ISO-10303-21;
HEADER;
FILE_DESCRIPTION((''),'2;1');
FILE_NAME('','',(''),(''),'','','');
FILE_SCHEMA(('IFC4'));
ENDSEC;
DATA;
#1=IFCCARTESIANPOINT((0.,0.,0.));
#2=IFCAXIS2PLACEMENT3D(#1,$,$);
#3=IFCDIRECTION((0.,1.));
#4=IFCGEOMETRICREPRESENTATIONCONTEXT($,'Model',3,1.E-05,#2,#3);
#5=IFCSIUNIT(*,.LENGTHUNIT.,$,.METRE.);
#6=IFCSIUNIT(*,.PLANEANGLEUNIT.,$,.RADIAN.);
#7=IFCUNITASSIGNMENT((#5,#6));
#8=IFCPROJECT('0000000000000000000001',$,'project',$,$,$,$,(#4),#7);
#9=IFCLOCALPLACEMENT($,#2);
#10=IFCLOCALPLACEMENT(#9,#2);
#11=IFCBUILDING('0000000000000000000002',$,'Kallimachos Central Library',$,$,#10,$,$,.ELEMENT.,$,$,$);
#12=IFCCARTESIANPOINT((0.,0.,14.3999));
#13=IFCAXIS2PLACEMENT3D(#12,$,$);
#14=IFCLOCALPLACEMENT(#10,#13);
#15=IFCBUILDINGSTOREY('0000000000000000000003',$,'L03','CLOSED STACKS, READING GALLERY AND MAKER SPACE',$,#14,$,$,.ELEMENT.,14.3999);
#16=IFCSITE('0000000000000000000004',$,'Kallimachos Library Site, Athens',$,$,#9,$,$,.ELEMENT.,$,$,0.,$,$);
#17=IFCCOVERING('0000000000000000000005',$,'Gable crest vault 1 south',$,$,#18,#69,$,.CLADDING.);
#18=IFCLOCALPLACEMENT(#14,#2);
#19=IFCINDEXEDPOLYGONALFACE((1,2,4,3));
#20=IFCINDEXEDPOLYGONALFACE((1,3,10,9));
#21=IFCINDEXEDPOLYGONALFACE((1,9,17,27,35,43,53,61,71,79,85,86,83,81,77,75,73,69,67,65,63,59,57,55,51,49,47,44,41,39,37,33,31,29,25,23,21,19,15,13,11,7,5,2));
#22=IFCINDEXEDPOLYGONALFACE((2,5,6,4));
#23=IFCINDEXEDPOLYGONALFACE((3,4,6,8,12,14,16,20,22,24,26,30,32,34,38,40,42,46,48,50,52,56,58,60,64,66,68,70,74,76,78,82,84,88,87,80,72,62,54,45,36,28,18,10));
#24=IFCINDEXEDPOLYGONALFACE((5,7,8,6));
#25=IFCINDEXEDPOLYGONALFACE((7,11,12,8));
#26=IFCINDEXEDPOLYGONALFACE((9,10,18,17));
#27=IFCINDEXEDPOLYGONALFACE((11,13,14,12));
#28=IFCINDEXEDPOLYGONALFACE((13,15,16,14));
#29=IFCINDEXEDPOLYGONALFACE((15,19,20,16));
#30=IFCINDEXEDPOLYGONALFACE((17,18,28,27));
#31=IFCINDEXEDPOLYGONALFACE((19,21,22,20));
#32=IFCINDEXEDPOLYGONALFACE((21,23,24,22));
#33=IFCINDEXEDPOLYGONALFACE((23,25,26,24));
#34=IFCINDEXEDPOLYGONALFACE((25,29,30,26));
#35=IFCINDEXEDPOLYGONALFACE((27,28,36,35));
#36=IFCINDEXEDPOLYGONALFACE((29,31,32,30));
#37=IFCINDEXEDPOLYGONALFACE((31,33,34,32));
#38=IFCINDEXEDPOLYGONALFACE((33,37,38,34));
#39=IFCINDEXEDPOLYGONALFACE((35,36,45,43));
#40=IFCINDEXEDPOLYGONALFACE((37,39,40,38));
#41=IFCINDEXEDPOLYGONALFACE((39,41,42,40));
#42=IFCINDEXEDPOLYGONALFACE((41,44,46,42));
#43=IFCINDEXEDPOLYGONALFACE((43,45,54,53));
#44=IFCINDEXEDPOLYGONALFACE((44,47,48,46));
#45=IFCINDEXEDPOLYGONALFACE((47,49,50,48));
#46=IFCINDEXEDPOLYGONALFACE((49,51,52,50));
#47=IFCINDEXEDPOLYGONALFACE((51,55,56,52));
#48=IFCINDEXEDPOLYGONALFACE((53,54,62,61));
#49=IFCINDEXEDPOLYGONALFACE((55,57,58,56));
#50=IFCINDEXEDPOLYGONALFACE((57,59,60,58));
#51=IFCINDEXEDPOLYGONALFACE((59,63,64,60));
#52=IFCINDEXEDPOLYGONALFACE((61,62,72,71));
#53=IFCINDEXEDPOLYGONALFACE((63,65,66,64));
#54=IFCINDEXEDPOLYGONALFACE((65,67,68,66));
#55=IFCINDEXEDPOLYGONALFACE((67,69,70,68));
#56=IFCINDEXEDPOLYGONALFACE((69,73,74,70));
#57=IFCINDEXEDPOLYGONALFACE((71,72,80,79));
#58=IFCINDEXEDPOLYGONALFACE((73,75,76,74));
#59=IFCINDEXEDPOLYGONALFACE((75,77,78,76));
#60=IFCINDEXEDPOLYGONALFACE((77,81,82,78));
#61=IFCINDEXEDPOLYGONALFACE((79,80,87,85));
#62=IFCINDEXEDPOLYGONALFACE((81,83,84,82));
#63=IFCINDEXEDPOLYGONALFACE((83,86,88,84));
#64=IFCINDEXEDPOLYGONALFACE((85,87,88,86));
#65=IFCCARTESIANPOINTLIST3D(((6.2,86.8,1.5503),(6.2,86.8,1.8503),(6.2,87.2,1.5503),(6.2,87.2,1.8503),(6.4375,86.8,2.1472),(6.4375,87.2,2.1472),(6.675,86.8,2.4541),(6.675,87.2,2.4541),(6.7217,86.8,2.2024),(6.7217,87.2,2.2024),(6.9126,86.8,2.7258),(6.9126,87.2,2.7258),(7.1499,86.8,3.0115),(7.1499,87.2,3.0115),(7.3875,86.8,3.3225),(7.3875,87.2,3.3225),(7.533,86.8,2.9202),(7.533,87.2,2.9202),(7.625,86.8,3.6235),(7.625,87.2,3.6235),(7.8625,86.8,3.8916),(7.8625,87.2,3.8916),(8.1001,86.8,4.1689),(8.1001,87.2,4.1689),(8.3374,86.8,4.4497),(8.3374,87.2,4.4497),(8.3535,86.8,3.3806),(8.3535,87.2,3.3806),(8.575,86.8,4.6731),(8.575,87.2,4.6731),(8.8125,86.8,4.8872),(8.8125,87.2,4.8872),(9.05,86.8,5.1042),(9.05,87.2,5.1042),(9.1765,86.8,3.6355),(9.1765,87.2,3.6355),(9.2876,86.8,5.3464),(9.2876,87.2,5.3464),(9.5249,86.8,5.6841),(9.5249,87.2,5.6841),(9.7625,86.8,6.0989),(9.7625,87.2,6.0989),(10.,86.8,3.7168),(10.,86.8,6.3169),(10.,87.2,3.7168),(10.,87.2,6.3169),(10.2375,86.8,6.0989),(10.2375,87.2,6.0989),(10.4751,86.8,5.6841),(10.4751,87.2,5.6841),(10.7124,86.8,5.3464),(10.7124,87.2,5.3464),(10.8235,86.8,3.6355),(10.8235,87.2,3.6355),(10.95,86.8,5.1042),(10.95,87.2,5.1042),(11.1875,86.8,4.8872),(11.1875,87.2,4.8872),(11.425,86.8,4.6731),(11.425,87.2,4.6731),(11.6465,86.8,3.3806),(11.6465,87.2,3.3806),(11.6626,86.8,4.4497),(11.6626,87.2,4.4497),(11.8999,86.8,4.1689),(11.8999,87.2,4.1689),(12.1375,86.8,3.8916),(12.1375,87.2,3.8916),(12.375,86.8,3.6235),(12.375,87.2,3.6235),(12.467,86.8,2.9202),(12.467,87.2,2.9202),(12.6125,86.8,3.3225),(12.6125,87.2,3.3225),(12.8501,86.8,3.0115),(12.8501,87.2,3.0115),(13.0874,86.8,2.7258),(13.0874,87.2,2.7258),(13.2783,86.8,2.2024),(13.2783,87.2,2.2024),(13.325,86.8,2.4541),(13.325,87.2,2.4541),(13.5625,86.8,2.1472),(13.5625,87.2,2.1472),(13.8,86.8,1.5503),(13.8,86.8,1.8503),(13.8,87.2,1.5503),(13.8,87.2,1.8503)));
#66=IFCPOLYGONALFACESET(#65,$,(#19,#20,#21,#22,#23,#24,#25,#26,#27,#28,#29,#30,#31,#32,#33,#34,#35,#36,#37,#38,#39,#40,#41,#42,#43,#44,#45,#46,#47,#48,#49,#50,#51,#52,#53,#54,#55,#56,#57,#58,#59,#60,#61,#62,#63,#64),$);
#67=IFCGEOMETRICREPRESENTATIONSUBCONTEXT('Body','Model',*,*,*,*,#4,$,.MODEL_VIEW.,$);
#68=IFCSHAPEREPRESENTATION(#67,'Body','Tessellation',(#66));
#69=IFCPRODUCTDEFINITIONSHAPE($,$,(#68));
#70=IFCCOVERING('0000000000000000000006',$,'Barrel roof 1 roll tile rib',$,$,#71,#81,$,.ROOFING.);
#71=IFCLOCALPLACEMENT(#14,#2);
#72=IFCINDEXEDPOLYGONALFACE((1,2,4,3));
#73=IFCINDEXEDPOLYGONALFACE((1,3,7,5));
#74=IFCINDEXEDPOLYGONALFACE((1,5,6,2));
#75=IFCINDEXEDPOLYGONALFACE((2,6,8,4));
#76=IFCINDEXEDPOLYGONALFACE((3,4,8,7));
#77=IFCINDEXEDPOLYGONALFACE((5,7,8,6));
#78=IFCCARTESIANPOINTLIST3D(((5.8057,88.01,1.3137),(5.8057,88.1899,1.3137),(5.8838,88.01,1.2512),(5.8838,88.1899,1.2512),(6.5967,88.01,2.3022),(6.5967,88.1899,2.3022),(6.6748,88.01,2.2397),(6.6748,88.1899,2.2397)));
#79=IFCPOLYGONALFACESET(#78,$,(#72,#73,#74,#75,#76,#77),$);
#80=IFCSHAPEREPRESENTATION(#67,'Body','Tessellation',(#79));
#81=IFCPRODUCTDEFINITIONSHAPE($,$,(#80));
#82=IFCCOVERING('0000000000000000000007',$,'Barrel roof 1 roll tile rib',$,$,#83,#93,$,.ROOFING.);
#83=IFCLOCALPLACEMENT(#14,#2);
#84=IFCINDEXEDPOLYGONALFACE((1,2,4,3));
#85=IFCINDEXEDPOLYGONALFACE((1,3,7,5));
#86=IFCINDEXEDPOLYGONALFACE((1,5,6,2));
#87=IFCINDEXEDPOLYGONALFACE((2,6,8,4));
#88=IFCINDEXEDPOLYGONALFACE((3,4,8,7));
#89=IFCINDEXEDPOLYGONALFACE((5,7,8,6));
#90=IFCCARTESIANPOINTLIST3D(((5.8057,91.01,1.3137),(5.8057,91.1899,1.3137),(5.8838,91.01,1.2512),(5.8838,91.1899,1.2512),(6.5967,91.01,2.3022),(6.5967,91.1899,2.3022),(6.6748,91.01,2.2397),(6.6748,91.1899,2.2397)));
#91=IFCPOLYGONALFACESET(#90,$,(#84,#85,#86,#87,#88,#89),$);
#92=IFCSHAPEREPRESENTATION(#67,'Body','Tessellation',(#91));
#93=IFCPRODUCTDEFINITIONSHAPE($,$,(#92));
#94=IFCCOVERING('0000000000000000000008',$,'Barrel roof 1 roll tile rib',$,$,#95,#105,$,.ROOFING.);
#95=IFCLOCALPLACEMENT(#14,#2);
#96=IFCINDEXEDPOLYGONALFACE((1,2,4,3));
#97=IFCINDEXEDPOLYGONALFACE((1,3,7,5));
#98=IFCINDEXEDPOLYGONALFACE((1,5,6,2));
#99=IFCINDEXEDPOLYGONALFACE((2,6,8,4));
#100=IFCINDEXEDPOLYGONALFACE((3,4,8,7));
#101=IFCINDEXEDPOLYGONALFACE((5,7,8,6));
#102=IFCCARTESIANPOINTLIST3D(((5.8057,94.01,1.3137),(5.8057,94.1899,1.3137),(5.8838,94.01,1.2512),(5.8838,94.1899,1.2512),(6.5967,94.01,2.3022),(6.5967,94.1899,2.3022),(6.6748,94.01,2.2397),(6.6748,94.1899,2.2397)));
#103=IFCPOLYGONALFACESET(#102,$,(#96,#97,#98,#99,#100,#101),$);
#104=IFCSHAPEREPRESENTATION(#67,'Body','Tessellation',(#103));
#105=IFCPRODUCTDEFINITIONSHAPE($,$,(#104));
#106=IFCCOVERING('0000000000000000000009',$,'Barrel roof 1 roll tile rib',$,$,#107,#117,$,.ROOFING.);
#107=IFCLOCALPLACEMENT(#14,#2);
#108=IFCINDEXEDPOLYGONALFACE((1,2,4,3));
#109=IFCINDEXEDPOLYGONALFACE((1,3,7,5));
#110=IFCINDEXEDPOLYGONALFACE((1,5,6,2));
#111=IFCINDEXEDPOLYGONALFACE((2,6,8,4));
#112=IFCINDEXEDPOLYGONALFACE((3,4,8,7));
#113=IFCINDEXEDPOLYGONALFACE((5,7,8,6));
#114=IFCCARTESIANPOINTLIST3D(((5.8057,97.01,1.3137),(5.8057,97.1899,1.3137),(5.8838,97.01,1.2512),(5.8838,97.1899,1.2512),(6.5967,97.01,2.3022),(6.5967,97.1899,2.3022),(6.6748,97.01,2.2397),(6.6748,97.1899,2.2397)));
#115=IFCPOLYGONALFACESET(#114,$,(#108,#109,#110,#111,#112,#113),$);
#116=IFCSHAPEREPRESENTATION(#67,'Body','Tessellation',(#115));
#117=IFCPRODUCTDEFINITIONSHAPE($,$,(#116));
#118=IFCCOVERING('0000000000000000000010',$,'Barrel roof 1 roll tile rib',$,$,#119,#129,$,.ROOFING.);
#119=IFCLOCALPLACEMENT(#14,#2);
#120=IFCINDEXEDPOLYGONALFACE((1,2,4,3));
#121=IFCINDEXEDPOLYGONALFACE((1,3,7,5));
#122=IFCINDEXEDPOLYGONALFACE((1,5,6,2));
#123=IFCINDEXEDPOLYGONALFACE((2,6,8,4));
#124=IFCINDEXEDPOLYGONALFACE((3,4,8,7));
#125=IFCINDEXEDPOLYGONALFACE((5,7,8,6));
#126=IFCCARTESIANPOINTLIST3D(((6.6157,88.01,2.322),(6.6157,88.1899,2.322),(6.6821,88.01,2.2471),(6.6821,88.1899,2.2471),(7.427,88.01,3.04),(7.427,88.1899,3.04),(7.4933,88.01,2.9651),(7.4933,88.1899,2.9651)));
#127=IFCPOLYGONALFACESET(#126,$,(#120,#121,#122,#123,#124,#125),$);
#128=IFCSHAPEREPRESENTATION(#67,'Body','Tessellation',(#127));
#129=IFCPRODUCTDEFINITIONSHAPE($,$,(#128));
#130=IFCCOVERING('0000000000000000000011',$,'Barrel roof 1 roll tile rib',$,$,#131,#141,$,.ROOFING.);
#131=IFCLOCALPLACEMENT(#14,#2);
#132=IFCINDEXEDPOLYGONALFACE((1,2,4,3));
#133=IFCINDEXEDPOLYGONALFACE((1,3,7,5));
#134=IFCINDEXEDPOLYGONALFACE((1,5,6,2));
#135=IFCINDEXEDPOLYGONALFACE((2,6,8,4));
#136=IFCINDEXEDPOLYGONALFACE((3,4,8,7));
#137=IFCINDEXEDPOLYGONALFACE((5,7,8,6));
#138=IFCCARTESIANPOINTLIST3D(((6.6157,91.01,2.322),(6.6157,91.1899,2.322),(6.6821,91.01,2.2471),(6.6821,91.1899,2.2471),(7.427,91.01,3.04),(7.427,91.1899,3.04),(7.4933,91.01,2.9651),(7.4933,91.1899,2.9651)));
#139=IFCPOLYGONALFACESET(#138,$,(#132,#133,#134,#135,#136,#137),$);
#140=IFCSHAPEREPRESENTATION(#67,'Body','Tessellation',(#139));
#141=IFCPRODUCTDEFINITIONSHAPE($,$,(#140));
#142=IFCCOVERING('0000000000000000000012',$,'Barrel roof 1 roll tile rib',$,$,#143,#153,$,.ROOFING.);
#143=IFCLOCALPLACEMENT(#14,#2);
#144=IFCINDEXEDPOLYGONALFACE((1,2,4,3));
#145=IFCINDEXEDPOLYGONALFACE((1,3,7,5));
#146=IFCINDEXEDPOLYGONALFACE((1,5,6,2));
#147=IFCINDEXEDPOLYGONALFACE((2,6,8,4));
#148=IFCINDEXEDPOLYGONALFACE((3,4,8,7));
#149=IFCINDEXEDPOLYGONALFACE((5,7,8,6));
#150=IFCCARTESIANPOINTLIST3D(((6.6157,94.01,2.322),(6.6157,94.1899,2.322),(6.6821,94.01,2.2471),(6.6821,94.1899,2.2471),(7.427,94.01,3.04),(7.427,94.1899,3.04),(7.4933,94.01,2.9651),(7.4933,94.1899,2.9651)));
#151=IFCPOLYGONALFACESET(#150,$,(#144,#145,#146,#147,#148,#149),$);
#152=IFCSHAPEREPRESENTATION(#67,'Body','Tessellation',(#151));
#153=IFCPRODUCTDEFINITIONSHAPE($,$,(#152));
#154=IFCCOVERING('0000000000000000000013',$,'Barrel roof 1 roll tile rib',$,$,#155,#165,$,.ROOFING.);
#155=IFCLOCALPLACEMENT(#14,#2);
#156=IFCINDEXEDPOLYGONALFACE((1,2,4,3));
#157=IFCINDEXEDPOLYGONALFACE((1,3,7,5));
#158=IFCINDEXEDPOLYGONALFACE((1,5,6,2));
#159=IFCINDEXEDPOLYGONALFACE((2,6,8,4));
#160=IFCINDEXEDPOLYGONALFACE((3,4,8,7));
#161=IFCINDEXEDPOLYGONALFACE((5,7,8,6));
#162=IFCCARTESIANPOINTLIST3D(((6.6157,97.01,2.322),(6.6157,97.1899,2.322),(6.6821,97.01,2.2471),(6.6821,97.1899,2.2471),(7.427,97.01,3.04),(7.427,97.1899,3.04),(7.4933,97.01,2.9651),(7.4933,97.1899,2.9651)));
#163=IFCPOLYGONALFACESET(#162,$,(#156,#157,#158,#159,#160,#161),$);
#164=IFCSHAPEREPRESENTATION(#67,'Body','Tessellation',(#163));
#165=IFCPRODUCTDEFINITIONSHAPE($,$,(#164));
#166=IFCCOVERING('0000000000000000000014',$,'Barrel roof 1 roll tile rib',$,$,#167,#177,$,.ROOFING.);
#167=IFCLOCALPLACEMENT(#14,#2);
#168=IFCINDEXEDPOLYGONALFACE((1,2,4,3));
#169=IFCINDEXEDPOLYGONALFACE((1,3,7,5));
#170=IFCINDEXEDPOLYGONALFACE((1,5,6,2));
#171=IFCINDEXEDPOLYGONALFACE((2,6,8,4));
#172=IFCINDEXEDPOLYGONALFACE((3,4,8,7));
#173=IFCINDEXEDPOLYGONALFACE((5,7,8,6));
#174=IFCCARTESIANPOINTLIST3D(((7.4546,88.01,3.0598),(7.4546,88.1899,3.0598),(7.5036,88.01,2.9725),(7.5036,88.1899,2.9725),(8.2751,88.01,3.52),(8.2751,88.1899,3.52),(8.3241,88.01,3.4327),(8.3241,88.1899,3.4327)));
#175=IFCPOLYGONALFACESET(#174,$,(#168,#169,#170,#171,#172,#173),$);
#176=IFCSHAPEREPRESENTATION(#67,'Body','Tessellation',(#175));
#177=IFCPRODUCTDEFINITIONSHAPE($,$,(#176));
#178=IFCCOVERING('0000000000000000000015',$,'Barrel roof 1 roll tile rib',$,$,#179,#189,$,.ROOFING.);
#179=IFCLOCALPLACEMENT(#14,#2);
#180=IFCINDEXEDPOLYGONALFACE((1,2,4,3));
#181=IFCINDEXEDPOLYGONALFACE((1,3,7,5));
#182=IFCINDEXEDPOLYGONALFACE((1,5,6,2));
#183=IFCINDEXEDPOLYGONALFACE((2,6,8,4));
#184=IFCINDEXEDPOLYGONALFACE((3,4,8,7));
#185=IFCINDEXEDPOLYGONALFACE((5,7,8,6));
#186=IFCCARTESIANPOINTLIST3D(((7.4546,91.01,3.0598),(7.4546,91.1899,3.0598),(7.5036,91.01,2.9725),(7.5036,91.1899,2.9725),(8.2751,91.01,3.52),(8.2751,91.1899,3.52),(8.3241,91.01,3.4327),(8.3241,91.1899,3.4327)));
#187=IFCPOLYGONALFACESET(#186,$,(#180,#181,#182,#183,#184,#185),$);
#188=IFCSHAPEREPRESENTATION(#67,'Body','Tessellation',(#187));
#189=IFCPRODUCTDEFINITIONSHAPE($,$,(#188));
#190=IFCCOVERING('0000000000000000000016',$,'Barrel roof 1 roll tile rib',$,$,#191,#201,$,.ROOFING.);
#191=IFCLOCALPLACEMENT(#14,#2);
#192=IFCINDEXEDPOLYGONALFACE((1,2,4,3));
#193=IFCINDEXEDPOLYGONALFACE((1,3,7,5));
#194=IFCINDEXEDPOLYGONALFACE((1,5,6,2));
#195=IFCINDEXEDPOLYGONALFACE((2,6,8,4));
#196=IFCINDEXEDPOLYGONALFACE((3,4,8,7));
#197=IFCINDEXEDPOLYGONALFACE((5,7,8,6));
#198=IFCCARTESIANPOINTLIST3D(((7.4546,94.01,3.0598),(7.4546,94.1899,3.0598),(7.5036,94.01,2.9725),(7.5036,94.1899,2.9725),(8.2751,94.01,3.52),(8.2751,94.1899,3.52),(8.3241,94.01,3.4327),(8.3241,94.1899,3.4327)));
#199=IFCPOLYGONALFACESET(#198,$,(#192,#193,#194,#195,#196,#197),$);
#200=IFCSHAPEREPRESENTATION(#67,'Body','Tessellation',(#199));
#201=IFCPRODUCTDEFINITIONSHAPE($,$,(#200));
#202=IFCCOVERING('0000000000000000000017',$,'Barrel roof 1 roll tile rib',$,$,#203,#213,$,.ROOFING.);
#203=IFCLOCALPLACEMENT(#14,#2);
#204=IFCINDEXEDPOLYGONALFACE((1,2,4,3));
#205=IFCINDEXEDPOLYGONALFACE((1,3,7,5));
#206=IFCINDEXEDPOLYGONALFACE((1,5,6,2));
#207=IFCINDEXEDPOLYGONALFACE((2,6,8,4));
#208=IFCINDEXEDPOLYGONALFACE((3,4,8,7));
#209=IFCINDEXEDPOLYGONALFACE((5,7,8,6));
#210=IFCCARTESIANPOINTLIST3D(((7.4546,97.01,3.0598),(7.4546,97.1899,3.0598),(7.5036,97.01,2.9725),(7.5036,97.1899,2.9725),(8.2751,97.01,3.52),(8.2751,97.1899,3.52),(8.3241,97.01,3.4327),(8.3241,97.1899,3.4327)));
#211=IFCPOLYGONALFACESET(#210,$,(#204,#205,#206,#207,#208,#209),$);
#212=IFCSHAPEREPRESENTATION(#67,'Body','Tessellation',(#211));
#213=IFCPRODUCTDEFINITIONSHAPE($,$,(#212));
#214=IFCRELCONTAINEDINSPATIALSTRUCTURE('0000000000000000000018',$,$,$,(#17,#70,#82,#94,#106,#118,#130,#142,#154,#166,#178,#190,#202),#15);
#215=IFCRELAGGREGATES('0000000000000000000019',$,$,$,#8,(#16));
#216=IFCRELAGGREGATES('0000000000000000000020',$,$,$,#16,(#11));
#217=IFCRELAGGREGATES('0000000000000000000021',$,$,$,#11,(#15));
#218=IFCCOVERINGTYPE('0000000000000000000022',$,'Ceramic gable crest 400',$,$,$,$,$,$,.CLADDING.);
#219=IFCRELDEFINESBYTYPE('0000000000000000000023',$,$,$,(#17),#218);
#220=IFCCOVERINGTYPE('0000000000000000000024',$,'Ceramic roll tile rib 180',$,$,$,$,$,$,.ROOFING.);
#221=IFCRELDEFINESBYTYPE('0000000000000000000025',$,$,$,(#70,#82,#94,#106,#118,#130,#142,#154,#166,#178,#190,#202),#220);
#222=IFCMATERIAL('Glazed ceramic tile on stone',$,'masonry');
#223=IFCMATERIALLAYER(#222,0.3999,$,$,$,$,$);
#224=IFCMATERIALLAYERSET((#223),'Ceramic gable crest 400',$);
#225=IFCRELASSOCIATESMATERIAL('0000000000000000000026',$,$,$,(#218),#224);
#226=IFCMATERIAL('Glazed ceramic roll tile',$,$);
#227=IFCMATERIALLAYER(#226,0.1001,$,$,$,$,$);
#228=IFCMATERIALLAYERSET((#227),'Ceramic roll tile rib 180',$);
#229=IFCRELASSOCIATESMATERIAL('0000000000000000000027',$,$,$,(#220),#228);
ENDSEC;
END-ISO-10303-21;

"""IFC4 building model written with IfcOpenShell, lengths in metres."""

from ifc_helpers import new_model, si_unit, direction, frame, origin, place, context, subcontext, project, spatial, polyline, outline, extrude, material, layer, layer_set, type_object, element, save


model = new_model("IFC4")

# Units and contexts
model_context = context("Model", 3, precision=1e-05, world=origin(), true_north=direction((0.0, 1.0)))
body_context = subcontext(model_context, "Body", "Model", "MODEL_VIEW")
ifc_project = project(units=[si_unit("LENGTHUNIT", "METRE"), si_unit("PLANEANGLEUNIT", "RADIAN")], contexts=[model_context])

# Site, building, storey
site_placement = place(None, origin())
site = spatial("IfcSite", under=ifc_project, at=site_placement, Name="Kallimachos Library Site, Athens", CompositionType="ELEMENT", RefElevation=0.0)
building_placement = place(site_placement, origin())
building = spatial("IfcBuilding", under=site, at=building_placement, Name="Kallimachos Central Library", CompositionType="ELEMENT")
storey_placement = place(building_placement, frame((0.0, 0.0, 14.3999)))
storey = spatial("IfcBuildingStorey", under=building, at=storey_placement, Name="L03", Description="CLOSED STACKS, READING GALLERY AND MAKER SPACE", CompositionType="ELEMENT", Elevation=14.3999)

# Coverings
ifc_material_1 = material(Name="Glazed ceramic tile on stone", Category="masonry")
ifc_layer_1 = layer(ifc_material_1, 0.3999)
ifc_layer_set_1 = layer_set([ifc_layer_1], Name="Ceramic gable crest 400")
covering_type_1 = type_object("IfcCoveringType", Name="Ceramic gable crest 400", PredefinedType="CLADDING", material=ifc_layer_set_1)
covering_1_placement = place(storey_placement, frame((6.2, 86.8, 1.5503), z_axis=(0.0, -1.0, 0.0), x_axis=(0.624731, 0.0, 0.78084)))
element("IfcCovering", 1, at=covering_1_placement, inside=storey, type_object=covering_type_1, Name="Gable crest vault 1 south", PredefinedType="CLADDING", context=body_context, shape_type="SweptSolid", body=[
    extrude(outline(polyline([(0.0, 0.0), (0.8351, 0.0), (1.9024, -0.1851), (2.7746, -0.5381), (3.4878, -1.0215), (4.0657, -1.6137), (4.5167, -2.3076), (4.8318, -3.1094), (4.9849, -4.0378), (4.9313, -5.1197), (4.748, -5.9345), (4.9823, -5.747), (5.0657, -5.3761), (5.1569, -4.9989), (5.2207, -4.6436), (5.2955, -4.2799), (5.39, -3.9001), (5.4766, -3.5265), (5.5375, -3.1736), (5.6057, -2.8148), (5.6767, -2.4541), (5.7027, -2.1291), (5.7215, -1.8098), (5.7425, -1.4887), (5.7832, -1.1519), (5.8986, -0.7557), (6.0741, -0.3111), (6.096, 0.0106), (5.7773, 0.0599), (5.305, -0.0138), (4.8931, -0.0394), (4.5556, -0.0052), (4.2377, 0.0447), (3.9221, 0.0964), (3.5993, 0.1423), (3.2318, 0.1522), (2.8669, 0.1645), (2.5091, 0.1825), (2.1257, 0.1799), (1.7344, 0.1711), (1.3631, 0.1779), (1.0025, 0.1937), (0.6145, 0.1874), (0.2343, 0.1874), (0.0, 0.0)])), origin(), (0.0, 0.0, -1.0), 0.3999),
])
ifc_material_2 = material(Name="Glazed ceramic roll tile")
ifc_layer_2 = layer(ifc_material_2, 0.1001)
ifc_layer_set_2 = layer_set([ifc_layer_2], Name="Ceramic roll tile rib 180")
covering_type_2 = type_object("IfcCoveringType", Name="Ceramic roll tile rib 180", PredefinedType="ROOFING", material=ifc_layer_set_2)
for number, where, z_axis, x_axis, name in (
    (2, (5.8057, 88.01, 1.3137), (-0.780794, 0.0, 0.624789), (0.624789, 0.0, 0.780794), "Barrel roof 1 roll tile rib"),
    (3, (5.8057, 91.01, 1.3137), (-0.780794, 0.0, 0.624789), (0.624789, 0.0, 0.780794), "Barrel roof 1 roll tile rib"),
    (4, (5.8057, 94.01, 1.3137), (-0.780794, 0.0, 0.624789), (0.624789, 0.0, 0.780794), "Barrel roof 1 roll tile rib"),
    (5, (5.8057, 97.01, 1.3137), (-0.780794, 0.0, 0.624789), (0.624789, 0.0, 0.780794), "Barrel roof 1 roll tile rib"),
):
    element("IfcCovering", number, at=place(storey_placement, frame(where, z_axis=z_axis, x_axis=x_axis)), inside=storey, type_object=covering_type_2, Name=name, PredefinedType="ROOFING", context=body_context, shape_type="SweptSolid", body=[
        extrude(outline(polyline([(0.0, 0.0), (1.2661, 0.0), (1.2661, 0.1799), (0.0, 0.1799), (0.0, 0.0)])), origin(), (0.0, 0.0, -1.0), 0.1001),
    ])
for number, where, z_axis, x_axis, name in (
    (6, (6.6157, 88.01, 2.322), (-0.662754, 0.0, 0.748837), (0.748837, 0.0, 0.662754), "Barrel roof 1 roll tile rib"),
    (7, (6.6157, 91.01, 2.322), (-0.662754, 0.0, 0.748837), (0.748837, 0.0, 0.662754), "Barrel roof 1 roll tile rib"),
    (8, (6.6157, 94.01, 2.322), (-0.662754, 0.0, 0.748837), (0.748837, 0.0, 0.662754), "Barrel roof 1 roll tile rib"),
    (9, (6.6157, 97.01, 2.322), (-0.662754, 0.0, 0.748837), (0.748837, 0.0, 0.662754), "Barrel roof 1 roll tile rib"),
):
    element("IfcCovering", number, at=place(storey_placement, frame(where, z_axis=z_axis, x_axis=x_axis)), inside=storey, type_object=covering_type_2, Name=name, PredefinedType="ROOFING", context=body_context, shape_type="SweptSolid", body=[
        extrude(outline(polyline([(0.0, 0.0), (1.0834, 0.0), (1.0834, 0.1799), (0.0, 0.1799), (0.0, 0.0)])), origin(), (0.0, 0.0, -1.0), 0.1001),
    ])
for number, where, z_axis, x_axis, name in (
    (10, (7.4546, 88.01, 3.0598), (-0.489164, 0.0, 0.872192), (0.872192, 0.0, 0.489164), "Barrel roof 1 roll tile rib"),
    (11, (7.4546, 91.01, 3.0598), (-0.489164, 0.0, 0.872192), (0.872192, 0.0, 0.489164), "Barrel roof 1 roll tile rib"),
    (12, (7.4546, 94.01, 3.0598), (-0.489164, 0.0, 0.872192), (0.872192, 0.0, 0.489164), "Barrel roof 1 roll tile rib"),
    (13, (7.4546, 97.01, 3.0598), (-0.489164, 0.0, 0.872192), (0.872192, 0.0, 0.489164), "Barrel roof 1 roll tile rib"),
):
    element("IfcCovering", number, at=place(storey_placement, frame(where, z_axis=z_axis, x_axis=x_axis)), inside=storey, type_object=covering_type_2, Name=name, PredefinedType="ROOFING", context=body_context, shape_type="SweptSolid", body=[
        extrude(outline(polyline([(0.0, 0.0), (0.9408, 0.0), (0.9408, 0.1799), (0.0, 0.1799), (0.0, 0.0)])), origin(), (0.0, 0.0, -1.0), 0.1001),
    ])

save(model, "model.ifc")
